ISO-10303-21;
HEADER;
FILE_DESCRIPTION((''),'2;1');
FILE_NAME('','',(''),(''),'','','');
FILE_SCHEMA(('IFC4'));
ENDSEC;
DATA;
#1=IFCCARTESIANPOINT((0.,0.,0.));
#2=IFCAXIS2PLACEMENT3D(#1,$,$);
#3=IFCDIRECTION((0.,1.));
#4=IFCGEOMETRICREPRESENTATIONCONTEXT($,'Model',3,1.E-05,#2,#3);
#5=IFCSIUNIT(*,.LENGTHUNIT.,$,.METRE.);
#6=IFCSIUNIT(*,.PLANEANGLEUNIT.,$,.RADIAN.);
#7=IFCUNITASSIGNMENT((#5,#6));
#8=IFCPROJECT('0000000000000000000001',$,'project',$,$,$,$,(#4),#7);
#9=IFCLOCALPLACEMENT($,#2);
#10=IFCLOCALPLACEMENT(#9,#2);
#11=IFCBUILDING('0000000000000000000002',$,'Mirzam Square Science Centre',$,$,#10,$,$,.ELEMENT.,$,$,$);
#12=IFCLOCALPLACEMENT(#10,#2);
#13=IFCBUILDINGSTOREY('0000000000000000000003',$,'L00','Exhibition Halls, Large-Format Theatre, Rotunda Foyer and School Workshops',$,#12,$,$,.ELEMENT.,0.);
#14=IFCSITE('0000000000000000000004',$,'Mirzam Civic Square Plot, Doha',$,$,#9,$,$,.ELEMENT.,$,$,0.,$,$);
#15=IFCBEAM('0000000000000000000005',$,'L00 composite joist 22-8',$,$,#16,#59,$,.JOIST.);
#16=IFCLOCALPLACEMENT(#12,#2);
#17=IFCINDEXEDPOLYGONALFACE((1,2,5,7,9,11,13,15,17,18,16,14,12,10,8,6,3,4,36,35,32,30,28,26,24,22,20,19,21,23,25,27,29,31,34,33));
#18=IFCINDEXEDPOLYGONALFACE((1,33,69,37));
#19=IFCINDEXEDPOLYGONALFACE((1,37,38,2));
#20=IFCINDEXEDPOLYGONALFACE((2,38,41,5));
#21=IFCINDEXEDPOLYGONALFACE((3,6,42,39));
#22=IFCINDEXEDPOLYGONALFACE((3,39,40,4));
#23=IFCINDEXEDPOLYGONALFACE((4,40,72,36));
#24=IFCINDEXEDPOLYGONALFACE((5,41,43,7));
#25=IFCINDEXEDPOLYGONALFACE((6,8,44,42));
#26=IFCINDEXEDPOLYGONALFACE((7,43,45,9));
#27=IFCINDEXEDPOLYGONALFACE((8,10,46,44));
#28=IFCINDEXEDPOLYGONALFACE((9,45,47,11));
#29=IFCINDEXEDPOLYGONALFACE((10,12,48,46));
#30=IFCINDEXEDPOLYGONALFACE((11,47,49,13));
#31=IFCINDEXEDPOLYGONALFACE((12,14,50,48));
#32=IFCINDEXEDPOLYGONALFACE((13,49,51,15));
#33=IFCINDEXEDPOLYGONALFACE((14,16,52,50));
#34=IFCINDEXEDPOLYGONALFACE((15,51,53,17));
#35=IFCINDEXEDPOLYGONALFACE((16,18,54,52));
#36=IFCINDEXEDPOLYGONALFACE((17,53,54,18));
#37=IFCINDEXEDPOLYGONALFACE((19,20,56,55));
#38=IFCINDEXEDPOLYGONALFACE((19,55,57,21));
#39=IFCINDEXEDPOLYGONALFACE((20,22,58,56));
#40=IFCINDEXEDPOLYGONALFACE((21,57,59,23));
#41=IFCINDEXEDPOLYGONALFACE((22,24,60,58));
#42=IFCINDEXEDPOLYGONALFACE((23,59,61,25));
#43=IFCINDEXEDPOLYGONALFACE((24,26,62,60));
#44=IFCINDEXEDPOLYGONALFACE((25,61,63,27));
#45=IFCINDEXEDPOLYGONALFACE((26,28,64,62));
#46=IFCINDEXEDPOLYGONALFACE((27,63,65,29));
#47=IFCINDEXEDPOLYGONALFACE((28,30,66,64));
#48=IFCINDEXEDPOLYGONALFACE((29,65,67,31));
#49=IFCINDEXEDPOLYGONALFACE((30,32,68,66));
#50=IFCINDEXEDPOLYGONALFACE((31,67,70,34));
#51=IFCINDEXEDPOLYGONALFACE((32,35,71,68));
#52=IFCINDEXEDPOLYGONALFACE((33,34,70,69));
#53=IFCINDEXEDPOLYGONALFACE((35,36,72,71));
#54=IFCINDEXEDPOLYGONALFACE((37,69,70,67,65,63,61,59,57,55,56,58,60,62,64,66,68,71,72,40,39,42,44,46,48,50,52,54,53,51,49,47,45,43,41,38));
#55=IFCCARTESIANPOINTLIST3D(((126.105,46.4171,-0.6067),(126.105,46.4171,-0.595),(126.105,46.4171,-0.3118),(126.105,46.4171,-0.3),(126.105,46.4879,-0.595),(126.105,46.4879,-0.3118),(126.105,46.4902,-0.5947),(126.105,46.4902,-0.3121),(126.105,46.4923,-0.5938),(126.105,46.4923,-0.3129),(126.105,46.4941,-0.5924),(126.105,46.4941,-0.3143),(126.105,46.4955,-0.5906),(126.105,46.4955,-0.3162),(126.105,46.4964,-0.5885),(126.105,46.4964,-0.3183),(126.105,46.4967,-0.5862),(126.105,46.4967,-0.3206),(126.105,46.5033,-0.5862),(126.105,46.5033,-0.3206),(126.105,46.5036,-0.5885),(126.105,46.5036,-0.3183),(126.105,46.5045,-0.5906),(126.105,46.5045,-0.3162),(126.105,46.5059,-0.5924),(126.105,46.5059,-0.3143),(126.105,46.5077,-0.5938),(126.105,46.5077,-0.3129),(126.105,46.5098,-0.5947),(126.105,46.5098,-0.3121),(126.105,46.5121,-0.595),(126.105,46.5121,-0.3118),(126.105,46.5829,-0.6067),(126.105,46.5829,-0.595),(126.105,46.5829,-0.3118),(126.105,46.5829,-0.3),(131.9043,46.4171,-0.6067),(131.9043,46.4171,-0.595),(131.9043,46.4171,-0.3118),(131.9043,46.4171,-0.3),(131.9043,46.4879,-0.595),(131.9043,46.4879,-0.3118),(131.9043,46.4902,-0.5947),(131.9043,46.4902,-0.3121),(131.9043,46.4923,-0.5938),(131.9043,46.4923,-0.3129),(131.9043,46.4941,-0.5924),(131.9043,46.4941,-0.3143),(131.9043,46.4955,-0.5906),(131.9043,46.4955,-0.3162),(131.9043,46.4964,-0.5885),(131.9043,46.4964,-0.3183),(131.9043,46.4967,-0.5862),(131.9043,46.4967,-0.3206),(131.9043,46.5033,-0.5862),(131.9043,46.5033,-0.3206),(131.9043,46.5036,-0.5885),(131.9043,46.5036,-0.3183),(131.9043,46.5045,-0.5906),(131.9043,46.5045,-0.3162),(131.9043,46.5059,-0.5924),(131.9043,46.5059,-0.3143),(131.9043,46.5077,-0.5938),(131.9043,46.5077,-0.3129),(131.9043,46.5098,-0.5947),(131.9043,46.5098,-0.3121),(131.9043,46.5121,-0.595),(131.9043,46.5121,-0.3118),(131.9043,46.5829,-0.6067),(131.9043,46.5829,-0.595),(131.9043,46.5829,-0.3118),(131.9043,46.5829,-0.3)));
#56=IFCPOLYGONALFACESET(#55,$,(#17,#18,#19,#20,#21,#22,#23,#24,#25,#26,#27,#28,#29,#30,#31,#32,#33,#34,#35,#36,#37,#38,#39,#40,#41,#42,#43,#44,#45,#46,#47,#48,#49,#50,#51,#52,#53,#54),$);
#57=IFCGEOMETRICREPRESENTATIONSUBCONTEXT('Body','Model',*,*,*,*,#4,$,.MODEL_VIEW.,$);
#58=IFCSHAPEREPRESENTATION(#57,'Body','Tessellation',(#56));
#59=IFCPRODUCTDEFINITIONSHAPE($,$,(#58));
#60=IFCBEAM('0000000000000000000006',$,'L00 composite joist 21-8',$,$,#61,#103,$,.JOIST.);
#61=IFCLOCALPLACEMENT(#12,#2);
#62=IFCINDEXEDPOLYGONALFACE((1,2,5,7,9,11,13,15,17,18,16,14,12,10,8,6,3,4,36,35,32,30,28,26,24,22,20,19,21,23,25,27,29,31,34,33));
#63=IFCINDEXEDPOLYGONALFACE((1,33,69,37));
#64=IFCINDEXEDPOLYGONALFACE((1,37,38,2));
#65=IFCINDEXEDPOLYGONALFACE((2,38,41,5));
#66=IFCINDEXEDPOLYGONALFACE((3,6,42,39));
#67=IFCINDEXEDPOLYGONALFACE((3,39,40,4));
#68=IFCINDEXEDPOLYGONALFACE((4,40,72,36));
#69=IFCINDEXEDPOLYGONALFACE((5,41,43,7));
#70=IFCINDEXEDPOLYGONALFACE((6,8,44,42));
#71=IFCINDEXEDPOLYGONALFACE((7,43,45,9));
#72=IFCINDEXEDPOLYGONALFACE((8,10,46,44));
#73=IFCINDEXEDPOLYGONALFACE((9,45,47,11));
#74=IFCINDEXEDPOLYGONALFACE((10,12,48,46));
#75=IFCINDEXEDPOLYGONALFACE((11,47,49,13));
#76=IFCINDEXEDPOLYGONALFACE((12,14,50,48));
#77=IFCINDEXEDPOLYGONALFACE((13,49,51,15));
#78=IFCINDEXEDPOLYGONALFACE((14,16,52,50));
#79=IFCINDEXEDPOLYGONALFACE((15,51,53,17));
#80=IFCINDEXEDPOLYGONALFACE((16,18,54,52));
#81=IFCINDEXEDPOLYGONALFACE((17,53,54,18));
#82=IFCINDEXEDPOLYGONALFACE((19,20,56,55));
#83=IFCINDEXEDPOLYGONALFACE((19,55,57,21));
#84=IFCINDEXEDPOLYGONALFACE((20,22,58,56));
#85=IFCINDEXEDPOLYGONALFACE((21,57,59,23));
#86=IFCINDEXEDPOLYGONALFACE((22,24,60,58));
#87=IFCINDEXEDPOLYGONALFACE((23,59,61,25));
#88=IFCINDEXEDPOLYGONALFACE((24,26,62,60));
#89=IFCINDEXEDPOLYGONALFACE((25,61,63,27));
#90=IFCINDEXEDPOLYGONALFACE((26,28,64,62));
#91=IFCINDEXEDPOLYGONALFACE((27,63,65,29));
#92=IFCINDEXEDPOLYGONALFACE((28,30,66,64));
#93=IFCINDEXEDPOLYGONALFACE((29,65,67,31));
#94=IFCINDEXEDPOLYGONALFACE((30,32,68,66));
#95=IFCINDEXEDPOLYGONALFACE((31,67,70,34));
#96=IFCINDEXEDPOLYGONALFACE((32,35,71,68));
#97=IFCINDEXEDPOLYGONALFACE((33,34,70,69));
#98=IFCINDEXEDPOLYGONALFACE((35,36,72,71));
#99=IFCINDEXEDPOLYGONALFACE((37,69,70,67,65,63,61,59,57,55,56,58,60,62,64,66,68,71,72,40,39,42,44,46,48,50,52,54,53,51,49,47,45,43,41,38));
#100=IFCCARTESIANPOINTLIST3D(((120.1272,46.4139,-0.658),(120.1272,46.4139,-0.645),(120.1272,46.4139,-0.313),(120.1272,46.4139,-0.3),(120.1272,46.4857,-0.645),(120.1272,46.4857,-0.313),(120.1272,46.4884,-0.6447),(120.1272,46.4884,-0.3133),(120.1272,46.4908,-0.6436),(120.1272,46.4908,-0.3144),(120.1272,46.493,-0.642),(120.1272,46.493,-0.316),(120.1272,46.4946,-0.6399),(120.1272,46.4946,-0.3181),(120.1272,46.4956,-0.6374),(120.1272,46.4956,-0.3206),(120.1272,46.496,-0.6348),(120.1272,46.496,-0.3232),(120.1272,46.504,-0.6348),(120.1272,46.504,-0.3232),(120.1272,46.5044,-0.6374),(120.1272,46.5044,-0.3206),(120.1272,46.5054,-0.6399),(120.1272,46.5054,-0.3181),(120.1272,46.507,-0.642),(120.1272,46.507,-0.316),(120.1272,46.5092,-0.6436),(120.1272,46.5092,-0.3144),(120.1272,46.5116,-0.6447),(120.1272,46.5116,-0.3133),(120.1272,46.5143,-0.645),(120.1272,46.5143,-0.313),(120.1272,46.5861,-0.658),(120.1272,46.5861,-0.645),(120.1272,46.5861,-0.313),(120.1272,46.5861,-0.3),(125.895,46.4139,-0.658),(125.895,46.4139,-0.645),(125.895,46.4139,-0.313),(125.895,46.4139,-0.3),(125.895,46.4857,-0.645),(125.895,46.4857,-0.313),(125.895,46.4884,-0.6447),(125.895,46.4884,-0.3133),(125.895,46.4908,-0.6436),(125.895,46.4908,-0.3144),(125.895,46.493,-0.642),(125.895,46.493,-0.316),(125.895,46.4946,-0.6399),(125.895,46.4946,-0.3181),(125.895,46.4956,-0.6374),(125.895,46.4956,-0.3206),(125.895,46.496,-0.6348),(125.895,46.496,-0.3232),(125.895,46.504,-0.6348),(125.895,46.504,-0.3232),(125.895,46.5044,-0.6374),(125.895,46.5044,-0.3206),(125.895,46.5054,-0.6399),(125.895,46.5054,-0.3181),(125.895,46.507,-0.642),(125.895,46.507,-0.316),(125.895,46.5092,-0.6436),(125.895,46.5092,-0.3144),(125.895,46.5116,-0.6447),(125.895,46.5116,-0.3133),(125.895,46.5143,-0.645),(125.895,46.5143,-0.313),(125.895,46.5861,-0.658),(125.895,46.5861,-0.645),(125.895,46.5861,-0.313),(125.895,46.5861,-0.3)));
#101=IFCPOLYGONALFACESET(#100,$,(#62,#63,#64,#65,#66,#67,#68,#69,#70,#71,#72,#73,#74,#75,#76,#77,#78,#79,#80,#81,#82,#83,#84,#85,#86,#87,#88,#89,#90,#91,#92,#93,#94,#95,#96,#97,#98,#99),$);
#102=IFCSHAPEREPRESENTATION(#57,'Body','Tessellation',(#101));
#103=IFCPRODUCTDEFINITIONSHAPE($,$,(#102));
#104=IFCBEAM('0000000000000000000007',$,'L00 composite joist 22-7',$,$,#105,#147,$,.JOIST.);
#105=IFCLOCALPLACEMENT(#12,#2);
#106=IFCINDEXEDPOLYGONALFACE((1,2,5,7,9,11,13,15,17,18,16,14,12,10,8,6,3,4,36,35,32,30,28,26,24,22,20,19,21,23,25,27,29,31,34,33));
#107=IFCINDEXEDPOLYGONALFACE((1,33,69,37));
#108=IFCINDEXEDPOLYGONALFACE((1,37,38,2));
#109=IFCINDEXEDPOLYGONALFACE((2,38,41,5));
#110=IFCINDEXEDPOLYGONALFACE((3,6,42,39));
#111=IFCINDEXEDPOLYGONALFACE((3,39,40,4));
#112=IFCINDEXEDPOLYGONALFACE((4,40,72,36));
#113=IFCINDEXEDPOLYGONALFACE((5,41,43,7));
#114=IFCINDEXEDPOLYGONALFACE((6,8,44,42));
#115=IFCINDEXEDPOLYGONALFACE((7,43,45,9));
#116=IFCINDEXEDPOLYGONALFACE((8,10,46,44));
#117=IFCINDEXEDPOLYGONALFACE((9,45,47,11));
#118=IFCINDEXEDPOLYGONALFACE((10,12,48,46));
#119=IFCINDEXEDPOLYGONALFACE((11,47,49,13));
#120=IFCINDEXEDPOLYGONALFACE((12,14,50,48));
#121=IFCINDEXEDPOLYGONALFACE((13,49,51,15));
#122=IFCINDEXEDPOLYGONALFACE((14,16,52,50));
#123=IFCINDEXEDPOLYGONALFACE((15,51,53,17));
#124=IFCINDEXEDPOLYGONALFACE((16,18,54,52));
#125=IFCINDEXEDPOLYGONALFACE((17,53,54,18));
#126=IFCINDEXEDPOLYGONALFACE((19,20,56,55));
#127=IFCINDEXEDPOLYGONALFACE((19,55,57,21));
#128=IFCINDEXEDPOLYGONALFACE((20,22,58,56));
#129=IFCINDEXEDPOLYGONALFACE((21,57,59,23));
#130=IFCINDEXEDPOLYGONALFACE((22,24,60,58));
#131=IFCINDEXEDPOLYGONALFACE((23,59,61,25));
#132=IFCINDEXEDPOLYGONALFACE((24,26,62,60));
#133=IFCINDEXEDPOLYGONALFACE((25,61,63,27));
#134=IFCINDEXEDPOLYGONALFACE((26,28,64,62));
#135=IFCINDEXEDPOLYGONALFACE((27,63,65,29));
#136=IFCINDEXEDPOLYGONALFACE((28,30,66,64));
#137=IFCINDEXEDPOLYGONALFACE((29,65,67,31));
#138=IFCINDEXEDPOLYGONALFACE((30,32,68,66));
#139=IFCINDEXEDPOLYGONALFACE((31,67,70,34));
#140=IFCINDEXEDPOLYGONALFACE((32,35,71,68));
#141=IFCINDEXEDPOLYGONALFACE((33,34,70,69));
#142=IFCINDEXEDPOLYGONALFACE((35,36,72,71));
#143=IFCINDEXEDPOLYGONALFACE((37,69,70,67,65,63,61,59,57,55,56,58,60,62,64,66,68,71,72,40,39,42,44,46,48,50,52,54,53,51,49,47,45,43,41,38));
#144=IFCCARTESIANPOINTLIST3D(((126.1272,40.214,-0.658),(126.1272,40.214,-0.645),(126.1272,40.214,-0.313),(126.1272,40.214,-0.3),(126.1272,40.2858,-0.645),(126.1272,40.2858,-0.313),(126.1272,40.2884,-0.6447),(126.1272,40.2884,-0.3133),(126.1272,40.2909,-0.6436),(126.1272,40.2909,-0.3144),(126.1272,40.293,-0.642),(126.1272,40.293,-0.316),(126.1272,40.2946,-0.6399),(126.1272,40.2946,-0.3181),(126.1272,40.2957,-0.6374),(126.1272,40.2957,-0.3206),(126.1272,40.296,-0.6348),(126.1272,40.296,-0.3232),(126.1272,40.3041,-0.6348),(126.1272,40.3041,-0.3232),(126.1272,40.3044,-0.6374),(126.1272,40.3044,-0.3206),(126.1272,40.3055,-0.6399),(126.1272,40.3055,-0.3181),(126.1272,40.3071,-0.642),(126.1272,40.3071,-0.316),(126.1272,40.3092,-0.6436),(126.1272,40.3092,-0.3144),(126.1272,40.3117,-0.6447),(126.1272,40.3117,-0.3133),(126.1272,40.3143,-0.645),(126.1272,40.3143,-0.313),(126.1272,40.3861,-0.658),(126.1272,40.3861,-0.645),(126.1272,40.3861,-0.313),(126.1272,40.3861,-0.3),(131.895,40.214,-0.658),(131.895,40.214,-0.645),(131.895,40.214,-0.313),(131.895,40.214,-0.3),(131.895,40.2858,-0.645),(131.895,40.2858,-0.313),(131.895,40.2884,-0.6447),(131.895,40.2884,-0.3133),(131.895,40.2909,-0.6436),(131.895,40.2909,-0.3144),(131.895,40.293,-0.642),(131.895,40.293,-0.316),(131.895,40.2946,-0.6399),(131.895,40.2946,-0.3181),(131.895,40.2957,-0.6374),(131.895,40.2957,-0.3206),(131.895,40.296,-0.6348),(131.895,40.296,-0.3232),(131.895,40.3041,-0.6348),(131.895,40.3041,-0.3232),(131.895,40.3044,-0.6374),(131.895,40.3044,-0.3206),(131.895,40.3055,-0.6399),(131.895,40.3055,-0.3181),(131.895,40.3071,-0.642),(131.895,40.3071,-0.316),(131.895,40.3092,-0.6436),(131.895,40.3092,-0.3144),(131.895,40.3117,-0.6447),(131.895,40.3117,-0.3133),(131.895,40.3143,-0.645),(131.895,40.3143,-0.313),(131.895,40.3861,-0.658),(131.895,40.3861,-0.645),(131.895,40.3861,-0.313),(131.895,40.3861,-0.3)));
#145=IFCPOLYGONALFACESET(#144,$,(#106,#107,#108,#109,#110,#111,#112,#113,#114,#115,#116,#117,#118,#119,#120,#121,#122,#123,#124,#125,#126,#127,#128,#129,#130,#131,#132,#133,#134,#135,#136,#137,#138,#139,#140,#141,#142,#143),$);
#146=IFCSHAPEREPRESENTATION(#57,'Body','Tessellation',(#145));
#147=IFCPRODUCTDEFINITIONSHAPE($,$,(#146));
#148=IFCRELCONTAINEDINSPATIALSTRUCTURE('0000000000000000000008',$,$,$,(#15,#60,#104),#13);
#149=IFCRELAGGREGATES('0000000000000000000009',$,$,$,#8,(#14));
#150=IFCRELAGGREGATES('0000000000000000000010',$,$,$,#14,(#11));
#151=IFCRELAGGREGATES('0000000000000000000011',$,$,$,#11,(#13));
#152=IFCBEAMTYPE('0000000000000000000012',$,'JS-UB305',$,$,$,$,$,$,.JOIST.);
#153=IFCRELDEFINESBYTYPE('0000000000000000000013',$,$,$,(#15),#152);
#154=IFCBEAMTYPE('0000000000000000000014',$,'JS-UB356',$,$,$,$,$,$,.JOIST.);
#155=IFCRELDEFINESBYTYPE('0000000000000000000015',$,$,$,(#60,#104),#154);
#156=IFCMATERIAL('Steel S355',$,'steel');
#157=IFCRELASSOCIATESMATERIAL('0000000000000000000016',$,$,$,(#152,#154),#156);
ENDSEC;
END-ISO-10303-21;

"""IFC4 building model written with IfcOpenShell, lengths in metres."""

from ifc_helpers import new_model, si_unit, direction, frame, origin, origin_2d, place, context, subcontext, project, spatial, i_section, extrude, material, material_profile, profile_set, type_object, element, save


model = new_model("IFC4")

# Units and contexts
model_context = context("Model", 3, precision=1e-05, world=origin(), true_north=direction((0.0, 1.0)))
body_context = subcontext(model_context, "Body", "Model", "MODEL_VIEW")
ifc_project = project(units=[si_unit("LENGTHUNIT", "METRE"), si_unit("PLANEANGLEUNIT", "RADIAN")], contexts=[model_context])

# Site, building, storey
site_placement = place(None, origin())
site = spatial("IfcSite", under=ifc_project, at=site_placement, Name="Mirzam Civic Square Plot, Doha", CompositionType="ELEMENT", RefElevation=0.0)
building_placement = place(site_placement, origin())
building = spatial("IfcBuilding", under=site, at=building_placement, Name="Mirzam Square Science Centre", CompositionType="ELEMENT")
storey_placement = place(building_placement, origin())
storey = spatial("IfcBuildingStorey", under=building, at=storey_placement, Name="L00", Description="Exhibition Halls, Large-Format Theatre, Rotunda Foyer and School Workshops", CompositionType="ELEMENT", Elevation=0.0)

# Shared definitions
ifc_material_1 = material(Name="Steel S355", Category="steel")

# Beams
ifc_material_profile_1 = material_profile(ifc_material_1, i_section(OverallWidth=0.1658, OverallDepth=0.3066, WebThickness=0.0066, FlangeThickness=0.0117, FilletRadius=0.0088, at=origin_2d()), Name="305x165x46UB")
ifc_profile_set_1 = profile_set([ifc_material_profile_1], Name="Steel S355")
beam_type_1 = type_object("IfcBeamType", Name="JS-UB305", PredefinedType="JOIST", material=ifc_profile_set_1)
beam_1_placement = place(storey_placement, frame((126.105, 46.5, -0.4534), z_axis=(1.0, 0.0, 0.0), x_axis=(0.0, 1.0, 0.0)))
element("IfcBeam", 1, at=beam_1_placement, inside=storey, type_object=beam_type_1, Name="L00 composite joist 22-8", PredefinedType="JOIST", context=body_context, shape_type="SweptSolid", body=[
    extrude(i_section(OverallWidth=0.1658, OverallDepth=0.3066, WebThickness=0.0066, FlangeThickness=0.0117, FilletRadius=0.0088, at=origin_2d()), origin(), (0.0, 0.0, 1.0), 5.7993),
])
ifc_material_profile_2 = material_profile(ifc_material_1, i_section(OverallWidth=0.1721, OverallDepth=0.3579, WebThickness=0.0081, FlangeThickness=0.0129, FilletRadius=0.0103, at=origin_2d()), Name="356x171x57UB")
ifc_profile_set_2 = profile_set([ifc_material_profile_2], Name="Steel S355")
beam_type_2 = type_object("IfcBeamType", Name="JS-UB356", PredefinedType="JOIST", material=ifc_profile_set_2)
for number, where, z_axis, x_axis, name in (
    (2, (120.1272, 46.5, -0.479), (1.0, 0.0, 0.0), (0.0, 1.0, 0.0), "L00 composite joist 21-8"),
    (3, (126.1272, 40.3, -0.479), (1.0, 0.0, 0.0), (0.0, 1.0, 0.0), "L00 composite joist 22-7"),
):
    element("IfcBeam", number, at=place(storey_placement, frame(where, z_axis=z_axis, x_axis=x_axis)), inside=storey, type_object=beam_type_2, Name=name, PredefinedType="JOIST", context=body_context, shape_type="SweptSolid", body=[
        extrude(i_section(OverallWidth=0.1721, OverallDepth=0.3579, WebThickness=0.0081, FlangeThickness=0.0129, FilletRadius=0.0103, at=origin_2d()), origin(), (0.0, 0.0, 1.0), 5.7678),
    ])

save(model, "model.ifc")
